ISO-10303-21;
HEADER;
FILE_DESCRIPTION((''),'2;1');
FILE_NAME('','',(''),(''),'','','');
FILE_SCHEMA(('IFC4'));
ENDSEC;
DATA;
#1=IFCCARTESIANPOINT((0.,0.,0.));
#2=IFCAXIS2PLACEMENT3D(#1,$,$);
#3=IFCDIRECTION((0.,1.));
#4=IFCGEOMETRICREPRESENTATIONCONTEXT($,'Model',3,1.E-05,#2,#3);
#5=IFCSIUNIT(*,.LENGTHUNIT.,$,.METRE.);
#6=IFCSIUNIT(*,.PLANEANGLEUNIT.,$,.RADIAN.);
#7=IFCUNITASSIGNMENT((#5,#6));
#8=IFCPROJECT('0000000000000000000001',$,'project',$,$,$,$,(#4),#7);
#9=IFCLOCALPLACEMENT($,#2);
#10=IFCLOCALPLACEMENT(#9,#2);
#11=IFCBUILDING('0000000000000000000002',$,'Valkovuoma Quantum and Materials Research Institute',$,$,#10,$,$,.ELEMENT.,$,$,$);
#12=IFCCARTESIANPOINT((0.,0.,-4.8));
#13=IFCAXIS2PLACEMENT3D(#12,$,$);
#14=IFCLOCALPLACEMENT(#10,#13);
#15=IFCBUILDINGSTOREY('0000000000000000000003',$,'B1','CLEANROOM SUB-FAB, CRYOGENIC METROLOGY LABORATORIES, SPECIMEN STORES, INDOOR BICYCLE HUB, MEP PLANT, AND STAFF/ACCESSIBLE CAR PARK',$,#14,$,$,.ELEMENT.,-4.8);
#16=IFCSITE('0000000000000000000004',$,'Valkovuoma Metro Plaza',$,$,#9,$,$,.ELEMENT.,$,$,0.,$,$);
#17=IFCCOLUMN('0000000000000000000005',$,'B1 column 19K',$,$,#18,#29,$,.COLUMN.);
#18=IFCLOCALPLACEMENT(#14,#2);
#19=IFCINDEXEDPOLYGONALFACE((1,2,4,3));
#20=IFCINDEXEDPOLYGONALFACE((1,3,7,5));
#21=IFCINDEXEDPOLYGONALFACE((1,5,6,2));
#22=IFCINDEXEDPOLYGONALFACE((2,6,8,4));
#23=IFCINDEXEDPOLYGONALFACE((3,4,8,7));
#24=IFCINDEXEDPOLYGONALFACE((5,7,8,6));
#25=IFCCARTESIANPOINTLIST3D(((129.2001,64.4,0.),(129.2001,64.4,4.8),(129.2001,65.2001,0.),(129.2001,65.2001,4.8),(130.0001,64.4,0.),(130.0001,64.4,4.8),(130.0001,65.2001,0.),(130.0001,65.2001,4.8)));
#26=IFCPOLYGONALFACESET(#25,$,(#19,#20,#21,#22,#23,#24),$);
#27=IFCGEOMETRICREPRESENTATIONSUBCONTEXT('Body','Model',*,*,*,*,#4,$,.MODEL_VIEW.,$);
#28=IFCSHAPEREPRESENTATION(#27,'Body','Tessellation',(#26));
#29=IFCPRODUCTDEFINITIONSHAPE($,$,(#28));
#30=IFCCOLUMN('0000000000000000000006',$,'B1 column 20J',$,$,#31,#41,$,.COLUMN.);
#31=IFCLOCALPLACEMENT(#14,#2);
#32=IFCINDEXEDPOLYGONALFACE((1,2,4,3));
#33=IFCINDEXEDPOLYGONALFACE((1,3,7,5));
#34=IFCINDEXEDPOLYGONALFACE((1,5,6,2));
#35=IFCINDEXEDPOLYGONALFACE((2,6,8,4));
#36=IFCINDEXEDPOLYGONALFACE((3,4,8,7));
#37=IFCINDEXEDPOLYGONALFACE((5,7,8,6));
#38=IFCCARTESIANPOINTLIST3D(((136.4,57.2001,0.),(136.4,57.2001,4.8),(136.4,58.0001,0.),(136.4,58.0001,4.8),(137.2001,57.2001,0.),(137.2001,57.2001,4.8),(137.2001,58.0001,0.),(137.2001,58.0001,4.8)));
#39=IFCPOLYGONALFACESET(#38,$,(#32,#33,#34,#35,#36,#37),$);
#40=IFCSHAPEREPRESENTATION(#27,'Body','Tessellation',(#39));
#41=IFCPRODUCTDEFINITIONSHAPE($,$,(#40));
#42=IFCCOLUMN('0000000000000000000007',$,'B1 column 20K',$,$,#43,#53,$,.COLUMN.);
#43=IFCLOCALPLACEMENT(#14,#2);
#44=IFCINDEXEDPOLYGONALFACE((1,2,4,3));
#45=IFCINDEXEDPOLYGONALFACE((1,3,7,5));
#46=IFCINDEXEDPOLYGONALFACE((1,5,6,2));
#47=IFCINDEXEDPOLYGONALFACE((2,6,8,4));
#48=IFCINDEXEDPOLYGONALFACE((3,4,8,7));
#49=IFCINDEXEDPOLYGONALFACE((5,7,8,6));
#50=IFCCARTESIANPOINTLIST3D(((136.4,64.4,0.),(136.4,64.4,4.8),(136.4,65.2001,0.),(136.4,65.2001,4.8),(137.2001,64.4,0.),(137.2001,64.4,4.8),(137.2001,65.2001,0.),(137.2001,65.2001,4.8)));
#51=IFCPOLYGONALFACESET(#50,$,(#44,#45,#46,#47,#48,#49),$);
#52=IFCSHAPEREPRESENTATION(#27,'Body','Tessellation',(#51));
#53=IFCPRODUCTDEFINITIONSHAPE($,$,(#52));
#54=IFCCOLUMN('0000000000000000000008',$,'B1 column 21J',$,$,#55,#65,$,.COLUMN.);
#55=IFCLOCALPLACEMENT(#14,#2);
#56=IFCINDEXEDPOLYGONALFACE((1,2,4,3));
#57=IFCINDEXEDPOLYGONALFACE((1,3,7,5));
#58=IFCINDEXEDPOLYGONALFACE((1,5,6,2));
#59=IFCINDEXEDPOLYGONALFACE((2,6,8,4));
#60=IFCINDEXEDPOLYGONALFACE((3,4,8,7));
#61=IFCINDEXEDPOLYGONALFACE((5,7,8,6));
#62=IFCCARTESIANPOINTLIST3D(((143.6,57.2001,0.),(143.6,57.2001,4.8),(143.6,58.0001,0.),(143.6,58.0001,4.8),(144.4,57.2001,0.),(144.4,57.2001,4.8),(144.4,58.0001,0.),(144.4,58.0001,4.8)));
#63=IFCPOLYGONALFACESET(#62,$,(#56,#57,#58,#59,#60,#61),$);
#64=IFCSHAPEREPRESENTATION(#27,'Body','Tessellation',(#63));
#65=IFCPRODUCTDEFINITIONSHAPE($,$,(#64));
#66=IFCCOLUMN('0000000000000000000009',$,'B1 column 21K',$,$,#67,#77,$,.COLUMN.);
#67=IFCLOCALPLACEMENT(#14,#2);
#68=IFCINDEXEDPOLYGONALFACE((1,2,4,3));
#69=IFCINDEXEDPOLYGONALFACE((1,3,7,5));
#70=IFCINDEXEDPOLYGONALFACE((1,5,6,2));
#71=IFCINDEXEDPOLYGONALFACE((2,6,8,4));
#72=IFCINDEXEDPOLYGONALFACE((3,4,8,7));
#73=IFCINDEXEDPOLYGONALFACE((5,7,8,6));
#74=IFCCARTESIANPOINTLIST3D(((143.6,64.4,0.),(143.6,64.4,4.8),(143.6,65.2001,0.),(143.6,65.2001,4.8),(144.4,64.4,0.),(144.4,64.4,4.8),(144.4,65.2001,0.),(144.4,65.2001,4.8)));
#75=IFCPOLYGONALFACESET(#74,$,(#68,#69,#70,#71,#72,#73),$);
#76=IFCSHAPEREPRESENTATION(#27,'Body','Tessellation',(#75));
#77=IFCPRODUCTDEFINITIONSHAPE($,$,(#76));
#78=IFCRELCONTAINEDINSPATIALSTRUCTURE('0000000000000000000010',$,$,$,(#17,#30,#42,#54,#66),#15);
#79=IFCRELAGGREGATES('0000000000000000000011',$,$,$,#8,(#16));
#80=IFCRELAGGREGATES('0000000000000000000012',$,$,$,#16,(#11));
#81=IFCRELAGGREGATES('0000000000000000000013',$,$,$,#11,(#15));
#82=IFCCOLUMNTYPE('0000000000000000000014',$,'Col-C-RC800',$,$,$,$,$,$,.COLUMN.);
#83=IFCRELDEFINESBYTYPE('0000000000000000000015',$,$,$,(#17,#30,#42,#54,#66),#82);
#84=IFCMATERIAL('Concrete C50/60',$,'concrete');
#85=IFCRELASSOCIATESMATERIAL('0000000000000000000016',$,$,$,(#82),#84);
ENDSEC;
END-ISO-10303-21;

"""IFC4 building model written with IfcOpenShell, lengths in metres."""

from ifc_helpers import new_model, si_unit, direction, frame, origin, origin_2d, place, context, subcontext, project, spatial, rectangle, extrude, material, material_profile, profile_set, type_object, element, save


model = new_model("IFC4")

# Units and contexts
model_context = context("Model", 3, precision=1e-05, world=origin(), true_north=direction((0.0, 1.0)))
body_context = subcontext(model_context, "Body", "Model", "MODEL_VIEW")
ifc_project = project(units=[si_unit("LENGTHUNIT", "METRE"), si_unit("PLANEANGLEUNIT", "RADIAN")], contexts=[model_context])

# Site, building, storey
site_placement = place(None, origin())
site = spatial("IfcSite", under=ifc_project, at=site_placement, Name="Valkovuoma Metro Plaza", CompositionType="ELEMENT", RefElevation=0.0)
building_placement = place(site_placement, origin())
building = spatial("IfcBuilding", under=site, at=building_placement, Name="Valkovuoma Quantum and Materials Research Institute", CompositionType="ELEMENT")
storey_placement = place(building_placement, frame((0.0, 0.0, -4.8)))
storey = spatial("IfcBuildingStorey", under=building, at=storey_placement, Name="B1", Description="CLEANROOM SUB-FAB, CRYOGENIC METROLOGY LABORATORIES, SPECIMEN STORES, INDOOR BICYCLE HUB, MEP PLANT, AND STAFF/ACCESSIBLE CAR PARK", CompositionType="ELEMENT", Elevation=-4.8)

# Columns
ifc_material_1 = material(Name="Concrete C50/60", Category="concrete")
ifc_material_profile_1 = material_profile(ifc_material_1, rectangle(XDim=0.8, YDim=0.8, at=origin_2d()), Name="Concrete C50/60")
ifc_profile_set_1 = profile_set([ifc_material_profile_1], Name="Concrete C50/60")
column_type = type_object("IfcColumnType", Name="Col-C-RC800", PredefinedType="COLUMN", material=ifc_profile_set_1)
for number, where, z_axis, x_axis, name in (
    (1, (129.6001, 64.8, 0.0), (0.0, 0.0, 1.0), (1.0, 0.0, 0.0), "B1 column 19K"),
    (2, (136.8, 57.6001, 0.0), (0.0, 0.0, 1.0), (1.0, 0.0, 0.0), "B1 column 20J"),
    (3, (136.8, 64.8, 0.0), (0.0, 0.0, 1.0), (1.0, 0.0, 0.0), "B1 column 20K"),
    (4, (144.0, 57.6001, 0.0), (0.0, 0.0, 1.0), (1.0, 0.0, 0.0), "B1 column 21J"),
    (5, (144.0, 64.8, 0.0), (0.0, 0.0, 1.0), (1.0, 0.0, 0.0), "B1 column 21K"),
):
    element("IfcColumn", number, at=place(storey_placement, frame(where, z_axis=z_axis, x_axis=x_axis)), inside=storey, type_object=column_type, Name=name, PredefinedType="COLUMN", context=body_context, shape_type="SweptSolid", body=[
        extrude(rectangle(XDim=0.8, YDim=0.8, at=origin_2d()), origin(), (0.0, 0.0, 1.0), 4.8),
    ])

save(model, "model.ifc")
